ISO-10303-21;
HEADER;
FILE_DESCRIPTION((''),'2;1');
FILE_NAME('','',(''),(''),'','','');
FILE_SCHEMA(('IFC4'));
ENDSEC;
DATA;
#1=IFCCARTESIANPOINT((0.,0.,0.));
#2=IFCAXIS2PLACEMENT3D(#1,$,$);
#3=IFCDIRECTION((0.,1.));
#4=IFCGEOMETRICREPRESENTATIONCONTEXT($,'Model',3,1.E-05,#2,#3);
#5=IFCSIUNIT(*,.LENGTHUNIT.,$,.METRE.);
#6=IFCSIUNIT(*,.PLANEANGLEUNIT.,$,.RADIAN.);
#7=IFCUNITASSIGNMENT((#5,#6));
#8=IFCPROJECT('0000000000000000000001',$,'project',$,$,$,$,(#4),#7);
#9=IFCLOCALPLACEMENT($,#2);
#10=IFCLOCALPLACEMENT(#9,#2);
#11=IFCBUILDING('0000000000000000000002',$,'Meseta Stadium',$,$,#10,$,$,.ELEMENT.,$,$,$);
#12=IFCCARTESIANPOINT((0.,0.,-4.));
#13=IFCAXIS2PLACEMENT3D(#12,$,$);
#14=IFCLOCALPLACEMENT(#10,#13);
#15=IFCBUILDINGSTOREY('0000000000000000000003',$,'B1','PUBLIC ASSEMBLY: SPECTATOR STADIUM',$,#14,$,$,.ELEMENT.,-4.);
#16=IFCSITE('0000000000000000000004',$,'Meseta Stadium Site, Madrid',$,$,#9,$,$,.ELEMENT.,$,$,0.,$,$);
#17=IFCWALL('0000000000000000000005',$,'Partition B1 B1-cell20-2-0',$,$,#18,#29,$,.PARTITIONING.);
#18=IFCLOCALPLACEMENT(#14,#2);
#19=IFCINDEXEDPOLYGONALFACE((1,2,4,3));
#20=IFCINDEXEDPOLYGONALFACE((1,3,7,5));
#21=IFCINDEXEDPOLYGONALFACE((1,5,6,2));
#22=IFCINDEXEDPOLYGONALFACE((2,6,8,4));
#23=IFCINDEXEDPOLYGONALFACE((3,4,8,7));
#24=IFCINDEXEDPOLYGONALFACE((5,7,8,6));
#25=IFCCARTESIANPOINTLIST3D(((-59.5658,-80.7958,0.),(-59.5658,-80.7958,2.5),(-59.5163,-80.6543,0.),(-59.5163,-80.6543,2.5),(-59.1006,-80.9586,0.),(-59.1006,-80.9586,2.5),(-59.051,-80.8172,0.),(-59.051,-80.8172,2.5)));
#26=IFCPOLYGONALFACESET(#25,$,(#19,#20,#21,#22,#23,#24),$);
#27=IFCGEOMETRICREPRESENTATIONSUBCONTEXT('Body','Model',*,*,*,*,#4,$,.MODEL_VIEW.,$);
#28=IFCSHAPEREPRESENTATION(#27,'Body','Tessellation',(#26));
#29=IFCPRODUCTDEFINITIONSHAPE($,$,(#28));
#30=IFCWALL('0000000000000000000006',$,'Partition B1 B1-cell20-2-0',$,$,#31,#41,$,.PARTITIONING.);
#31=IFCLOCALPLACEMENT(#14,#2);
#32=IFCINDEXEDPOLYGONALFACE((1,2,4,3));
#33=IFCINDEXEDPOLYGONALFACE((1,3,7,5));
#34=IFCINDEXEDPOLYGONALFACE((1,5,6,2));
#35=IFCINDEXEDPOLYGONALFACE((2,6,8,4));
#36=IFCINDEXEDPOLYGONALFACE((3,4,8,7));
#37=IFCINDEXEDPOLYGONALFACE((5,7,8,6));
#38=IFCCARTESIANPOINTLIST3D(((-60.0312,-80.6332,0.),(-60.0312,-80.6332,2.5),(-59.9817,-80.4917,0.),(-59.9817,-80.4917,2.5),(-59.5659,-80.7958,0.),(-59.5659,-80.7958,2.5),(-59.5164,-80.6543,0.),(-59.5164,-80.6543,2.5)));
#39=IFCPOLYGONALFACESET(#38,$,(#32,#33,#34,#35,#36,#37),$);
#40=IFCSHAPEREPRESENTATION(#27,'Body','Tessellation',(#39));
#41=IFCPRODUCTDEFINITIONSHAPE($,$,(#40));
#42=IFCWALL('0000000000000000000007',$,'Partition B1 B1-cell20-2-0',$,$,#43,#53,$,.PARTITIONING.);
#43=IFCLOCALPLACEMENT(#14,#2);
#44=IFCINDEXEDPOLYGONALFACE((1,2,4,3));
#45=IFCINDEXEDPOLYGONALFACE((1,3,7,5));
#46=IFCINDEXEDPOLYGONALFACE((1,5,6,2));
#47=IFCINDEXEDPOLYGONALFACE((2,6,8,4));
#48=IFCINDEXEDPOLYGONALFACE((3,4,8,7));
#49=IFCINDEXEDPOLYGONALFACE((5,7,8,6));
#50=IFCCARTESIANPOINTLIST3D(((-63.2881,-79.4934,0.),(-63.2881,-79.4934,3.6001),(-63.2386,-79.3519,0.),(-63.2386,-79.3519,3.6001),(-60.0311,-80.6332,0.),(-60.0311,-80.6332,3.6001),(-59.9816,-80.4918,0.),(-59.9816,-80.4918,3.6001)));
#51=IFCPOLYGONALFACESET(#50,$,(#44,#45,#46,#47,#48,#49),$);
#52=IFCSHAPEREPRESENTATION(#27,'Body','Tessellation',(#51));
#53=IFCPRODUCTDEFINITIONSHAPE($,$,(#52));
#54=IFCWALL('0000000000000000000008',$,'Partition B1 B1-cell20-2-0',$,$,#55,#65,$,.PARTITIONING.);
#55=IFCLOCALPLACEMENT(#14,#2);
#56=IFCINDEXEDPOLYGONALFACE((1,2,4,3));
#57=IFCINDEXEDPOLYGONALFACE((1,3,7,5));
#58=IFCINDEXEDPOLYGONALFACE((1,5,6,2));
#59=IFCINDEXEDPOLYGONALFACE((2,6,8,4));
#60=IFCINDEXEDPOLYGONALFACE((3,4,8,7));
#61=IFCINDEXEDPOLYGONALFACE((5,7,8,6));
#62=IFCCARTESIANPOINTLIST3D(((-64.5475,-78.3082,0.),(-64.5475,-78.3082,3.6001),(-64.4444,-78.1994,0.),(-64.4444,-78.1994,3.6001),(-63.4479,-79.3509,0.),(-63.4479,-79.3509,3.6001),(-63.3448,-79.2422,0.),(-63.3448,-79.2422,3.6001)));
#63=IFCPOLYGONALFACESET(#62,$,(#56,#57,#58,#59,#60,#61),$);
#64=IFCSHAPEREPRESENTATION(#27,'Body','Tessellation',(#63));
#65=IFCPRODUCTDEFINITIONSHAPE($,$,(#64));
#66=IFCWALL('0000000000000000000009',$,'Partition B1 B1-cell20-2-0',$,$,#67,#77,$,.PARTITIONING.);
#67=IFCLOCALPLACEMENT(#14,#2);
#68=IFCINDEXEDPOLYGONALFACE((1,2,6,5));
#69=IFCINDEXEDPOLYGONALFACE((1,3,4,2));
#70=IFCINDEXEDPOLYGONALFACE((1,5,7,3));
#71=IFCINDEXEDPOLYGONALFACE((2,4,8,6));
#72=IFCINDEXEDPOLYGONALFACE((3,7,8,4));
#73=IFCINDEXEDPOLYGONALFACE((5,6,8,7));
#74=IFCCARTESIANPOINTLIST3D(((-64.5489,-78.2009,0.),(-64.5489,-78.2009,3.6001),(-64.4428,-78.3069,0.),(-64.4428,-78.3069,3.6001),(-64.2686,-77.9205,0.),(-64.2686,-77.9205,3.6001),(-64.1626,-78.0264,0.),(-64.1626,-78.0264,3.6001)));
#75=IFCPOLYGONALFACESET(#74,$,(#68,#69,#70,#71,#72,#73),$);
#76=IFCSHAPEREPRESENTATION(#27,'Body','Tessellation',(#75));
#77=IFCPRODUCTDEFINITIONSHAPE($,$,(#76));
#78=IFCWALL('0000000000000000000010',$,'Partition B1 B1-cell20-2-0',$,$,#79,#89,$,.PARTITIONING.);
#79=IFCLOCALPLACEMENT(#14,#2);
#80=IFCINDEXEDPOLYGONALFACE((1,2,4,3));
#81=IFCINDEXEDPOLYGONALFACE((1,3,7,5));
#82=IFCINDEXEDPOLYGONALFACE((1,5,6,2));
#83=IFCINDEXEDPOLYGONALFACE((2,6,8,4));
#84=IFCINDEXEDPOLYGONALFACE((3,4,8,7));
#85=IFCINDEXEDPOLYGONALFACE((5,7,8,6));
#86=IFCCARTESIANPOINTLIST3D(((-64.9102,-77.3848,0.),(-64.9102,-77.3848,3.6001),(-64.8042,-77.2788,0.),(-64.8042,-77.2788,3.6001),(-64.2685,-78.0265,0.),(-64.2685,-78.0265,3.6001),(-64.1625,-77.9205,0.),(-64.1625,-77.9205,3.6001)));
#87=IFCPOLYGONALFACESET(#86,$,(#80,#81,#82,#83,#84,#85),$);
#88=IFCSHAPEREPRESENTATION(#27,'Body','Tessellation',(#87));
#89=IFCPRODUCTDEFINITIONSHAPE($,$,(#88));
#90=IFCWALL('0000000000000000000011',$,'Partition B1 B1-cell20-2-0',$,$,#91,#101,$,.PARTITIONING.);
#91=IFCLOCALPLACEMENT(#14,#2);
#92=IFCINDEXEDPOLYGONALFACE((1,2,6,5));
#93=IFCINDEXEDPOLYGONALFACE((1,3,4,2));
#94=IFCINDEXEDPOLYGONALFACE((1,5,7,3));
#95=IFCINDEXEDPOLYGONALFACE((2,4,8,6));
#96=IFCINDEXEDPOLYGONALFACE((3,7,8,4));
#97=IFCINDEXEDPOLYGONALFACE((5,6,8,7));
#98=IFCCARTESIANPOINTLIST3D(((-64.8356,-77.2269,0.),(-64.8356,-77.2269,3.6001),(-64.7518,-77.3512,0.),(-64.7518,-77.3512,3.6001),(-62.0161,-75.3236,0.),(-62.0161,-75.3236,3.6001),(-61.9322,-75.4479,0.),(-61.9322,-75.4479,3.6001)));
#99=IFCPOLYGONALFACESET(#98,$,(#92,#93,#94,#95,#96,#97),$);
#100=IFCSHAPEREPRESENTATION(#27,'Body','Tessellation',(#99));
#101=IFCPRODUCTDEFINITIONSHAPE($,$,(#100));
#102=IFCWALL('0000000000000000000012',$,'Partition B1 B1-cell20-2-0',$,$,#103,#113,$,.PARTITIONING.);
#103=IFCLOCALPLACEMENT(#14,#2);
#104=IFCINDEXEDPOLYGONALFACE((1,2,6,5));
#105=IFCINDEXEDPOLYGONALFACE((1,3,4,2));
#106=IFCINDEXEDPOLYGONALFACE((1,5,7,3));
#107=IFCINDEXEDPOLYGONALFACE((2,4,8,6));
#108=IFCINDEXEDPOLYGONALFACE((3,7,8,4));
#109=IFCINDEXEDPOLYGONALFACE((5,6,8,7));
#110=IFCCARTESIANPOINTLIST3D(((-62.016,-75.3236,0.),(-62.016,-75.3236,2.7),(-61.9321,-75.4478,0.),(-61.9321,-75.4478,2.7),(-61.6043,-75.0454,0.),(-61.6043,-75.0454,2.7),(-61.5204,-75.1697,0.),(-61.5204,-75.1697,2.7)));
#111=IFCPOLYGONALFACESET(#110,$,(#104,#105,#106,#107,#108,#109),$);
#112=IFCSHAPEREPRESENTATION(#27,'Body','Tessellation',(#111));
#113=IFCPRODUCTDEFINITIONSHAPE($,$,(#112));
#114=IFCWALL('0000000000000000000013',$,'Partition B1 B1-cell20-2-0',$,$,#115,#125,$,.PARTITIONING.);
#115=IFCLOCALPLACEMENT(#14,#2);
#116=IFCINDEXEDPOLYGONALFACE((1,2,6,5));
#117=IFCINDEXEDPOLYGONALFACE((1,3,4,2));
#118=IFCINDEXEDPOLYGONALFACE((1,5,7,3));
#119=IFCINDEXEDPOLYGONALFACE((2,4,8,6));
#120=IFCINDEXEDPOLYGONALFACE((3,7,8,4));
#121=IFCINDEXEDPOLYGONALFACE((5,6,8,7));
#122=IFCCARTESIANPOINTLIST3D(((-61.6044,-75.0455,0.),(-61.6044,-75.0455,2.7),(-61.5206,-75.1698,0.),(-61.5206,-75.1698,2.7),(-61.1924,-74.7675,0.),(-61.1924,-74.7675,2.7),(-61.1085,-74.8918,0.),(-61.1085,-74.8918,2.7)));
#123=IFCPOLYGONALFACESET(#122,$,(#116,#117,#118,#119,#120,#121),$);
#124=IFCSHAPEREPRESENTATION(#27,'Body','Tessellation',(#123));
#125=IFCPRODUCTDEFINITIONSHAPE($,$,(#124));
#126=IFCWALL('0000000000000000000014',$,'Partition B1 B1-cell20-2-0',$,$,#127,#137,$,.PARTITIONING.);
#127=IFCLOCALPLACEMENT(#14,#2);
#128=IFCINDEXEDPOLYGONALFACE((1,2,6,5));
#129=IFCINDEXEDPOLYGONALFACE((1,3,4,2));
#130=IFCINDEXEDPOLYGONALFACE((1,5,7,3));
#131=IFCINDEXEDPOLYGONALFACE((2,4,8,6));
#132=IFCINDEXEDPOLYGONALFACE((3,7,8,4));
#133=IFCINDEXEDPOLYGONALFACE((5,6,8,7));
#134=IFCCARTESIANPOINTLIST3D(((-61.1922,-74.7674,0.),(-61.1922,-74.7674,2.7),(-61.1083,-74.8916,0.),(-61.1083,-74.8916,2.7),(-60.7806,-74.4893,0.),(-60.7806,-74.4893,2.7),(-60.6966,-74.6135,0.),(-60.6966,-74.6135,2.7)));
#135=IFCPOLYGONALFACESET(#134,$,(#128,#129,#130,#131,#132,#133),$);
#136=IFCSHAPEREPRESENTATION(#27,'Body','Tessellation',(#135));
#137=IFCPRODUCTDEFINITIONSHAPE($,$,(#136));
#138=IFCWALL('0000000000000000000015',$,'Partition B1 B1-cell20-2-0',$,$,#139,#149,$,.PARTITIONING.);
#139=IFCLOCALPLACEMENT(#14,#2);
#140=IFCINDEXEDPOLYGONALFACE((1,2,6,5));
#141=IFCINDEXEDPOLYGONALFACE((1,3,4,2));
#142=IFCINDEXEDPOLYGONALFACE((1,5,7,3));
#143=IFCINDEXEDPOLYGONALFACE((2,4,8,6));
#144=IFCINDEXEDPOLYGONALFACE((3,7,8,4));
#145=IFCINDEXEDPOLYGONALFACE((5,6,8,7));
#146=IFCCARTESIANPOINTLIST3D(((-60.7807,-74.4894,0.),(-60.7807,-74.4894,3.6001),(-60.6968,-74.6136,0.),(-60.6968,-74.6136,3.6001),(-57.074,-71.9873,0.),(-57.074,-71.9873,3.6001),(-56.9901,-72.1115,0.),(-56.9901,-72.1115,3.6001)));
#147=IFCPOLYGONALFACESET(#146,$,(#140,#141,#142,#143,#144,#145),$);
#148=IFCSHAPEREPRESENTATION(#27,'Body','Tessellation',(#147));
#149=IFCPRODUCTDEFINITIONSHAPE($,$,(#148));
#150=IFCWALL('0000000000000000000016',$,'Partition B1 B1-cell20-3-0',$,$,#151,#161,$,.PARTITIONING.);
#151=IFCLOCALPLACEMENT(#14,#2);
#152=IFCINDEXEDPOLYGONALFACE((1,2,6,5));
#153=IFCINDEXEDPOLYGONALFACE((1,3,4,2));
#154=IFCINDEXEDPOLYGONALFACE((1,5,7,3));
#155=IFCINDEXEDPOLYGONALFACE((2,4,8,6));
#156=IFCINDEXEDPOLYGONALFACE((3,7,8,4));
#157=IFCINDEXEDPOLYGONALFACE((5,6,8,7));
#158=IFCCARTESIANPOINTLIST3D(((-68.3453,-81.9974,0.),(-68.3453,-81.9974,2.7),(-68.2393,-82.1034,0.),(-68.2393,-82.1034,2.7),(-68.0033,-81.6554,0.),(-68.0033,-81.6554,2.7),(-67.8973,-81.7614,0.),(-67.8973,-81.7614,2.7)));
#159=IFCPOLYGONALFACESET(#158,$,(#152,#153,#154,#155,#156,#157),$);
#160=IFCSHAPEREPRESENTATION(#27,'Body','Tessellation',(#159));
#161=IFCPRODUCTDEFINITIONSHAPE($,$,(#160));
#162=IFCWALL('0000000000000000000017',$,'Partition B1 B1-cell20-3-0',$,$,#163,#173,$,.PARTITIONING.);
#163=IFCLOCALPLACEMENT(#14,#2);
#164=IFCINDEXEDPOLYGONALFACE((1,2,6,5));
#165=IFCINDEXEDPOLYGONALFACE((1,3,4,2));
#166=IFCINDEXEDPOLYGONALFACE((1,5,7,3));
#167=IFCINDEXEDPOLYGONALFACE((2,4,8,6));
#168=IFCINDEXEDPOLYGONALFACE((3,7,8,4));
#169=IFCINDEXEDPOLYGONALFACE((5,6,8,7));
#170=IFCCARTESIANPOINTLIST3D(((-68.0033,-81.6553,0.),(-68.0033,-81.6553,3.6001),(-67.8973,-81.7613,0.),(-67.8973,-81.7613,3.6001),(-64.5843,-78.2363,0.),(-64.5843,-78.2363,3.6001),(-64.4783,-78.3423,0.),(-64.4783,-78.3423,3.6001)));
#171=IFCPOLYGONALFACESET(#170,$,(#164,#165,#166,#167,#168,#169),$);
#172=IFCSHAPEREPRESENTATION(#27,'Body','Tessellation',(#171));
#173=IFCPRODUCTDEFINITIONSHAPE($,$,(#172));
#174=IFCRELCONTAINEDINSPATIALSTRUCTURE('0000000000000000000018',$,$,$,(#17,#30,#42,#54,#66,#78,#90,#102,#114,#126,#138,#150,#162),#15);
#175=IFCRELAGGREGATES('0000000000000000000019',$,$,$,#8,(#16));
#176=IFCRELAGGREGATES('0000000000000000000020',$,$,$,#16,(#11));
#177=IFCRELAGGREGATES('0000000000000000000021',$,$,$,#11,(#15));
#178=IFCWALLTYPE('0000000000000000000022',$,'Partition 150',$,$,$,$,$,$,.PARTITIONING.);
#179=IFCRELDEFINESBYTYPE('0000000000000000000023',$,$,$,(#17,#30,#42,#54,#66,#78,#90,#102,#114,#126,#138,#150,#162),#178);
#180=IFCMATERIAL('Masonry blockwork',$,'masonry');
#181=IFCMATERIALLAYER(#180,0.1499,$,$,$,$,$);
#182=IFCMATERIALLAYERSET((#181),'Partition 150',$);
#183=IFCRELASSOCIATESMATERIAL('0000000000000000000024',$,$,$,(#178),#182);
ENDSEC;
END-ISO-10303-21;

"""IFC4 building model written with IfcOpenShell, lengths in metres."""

from ifc_helpers import new_model, si_unit, direction, frame, frame_2d, origin, place, context, subcontext, project, spatial, rectangle, extrude, material, layer, layer_set, type_object, element, save


model = new_model("IFC4")

# Units and contexts
model_context = context("Model", 3, precision=1e-05, world=origin(), true_north=direction((0.0, 1.0)))
body_context = subcontext(model_context, "Body", "Model", "MODEL_VIEW")
ifc_project = project(units=[si_unit("LENGTHUNIT", "METRE"), si_unit("PLANEANGLEUNIT", "RADIAN")], contexts=[model_context])

# Site, building, storey
site_placement = place(None, origin())
site = spatial("IfcSite", under=ifc_project, at=site_placement, Name="Meseta Stadium Site, Madrid", CompositionType="ELEMENT", RefElevation=0.0)
building_placement = place(site_placement, origin())
building = spatial("IfcBuilding", under=site, at=building_placement, Name="Meseta Stadium", CompositionType="ELEMENT")
storey_placement = place(building_placement, frame((0.0, 0.0, -4.0)))
storey = spatial("IfcBuildingStorey", under=building, at=storey_placement, Name="B1", Description="PUBLIC ASSEMBLY: SPECTATOR STADIUM", CompositionType="ELEMENT", Elevation=-4.0)

# Walls
ifc_material_1 = material(Name="Masonry blockwork", Category="masonry")
ifc_layer = layer(ifc_material_1, 0.1499)
ifc_layer_set = layer_set([ifc_layer], Name="Partition 150")
wall_type = type_object("IfcWallType", Name="Partition 150", PredefinedType="PARTITIONING", material=ifc_layer_set)
for number, where, z_axis, x_axis, name in (
    (1, (-59.0757, -80.8879, 0.0), (0.0, 0.0, 1.0), (-0.943874, 0.330306, 0.0), "Partition B1 B1-cell20-2-0"),
    (2, (-59.541, -80.7251, 0.0), (0.0, 0.0, 1.0), (-0.944028, 0.329865, 0.0), "Partition B1 B1-cell20-2-0"),
):
    element("IfcWall", number, at=place(storey_placement, frame(where, z_axis=z_axis, x_axis=x_axis)), inside=storey, type_object=wall_type, Name=name, PredefinedType="PARTITIONING", context=body_context, shape_type="SweptSolid", body=[
        extrude(rectangle(XDim=0.4929, YDim=0.1499, at=frame_2d((0.2466, 0.0))), origin(), (0.0, 0.0, 1.0), 2.5),
    ])
wall_1_placement = place(storey_placement, frame((-60.0063, -80.5625, 0.0), z_axis=(0.0, 0.0, 1.0), x_axis=(-0.943866, 0.330328, 0.0)))
element("IfcWall", 3, at=wall_1_placement, inside=storey, type_object=wall_type, Name="Partition B1 B1-cell20-2-0", PredefinedType="PARTITIONING", context=body_context, shape_type="SweptSolid", body=[
    extrude(rectangle(XDim=3.4507, YDim=0.1499, at=frame_2d((1.7253, 0.0))), origin(), (0.0, 0.0, 1.0), 3.6001),
])
wall_2_placement = place(storey_placement, frame((-63.3962, -79.2966, 0.0), z_axis=(0.0, 0.0, 1.0), x_axis=(-0.725627, 0.688089, 0.0)))
element("IfcWall", 4, at=wall_2_placement, inside=storey, type_object=wall_type, Name="Partition B1 B1-cell20-2-0", PredefinedType="PARTITIONING", context=body_context, shape_type="SweptSolid", body=[
    extrude(rectangle(XDim=1.5154, YDim=0.1499, at=frame_2d((0.7578, 0.0))), origin(), (0.0, 0.0, 1.0), 3.6001),
])
wall_3_placement = place(storey_placement, frame((-64.4958, -78.2539, 0.0), z_axis=(0.0, 0.0, 1.0), x_axis=(0.706799, 0.707415, 0.0)))
element("IfcWall", 5, at=wall_3_placement, inside=storey, type_object=wall_type, Name="Partition B1 B1-cell20-2-0", PredefinedType="PARTITIONING", context=body_context, shape_type="SweptSolid", body=[
    extrude(rectangle(XDim=0.3965, YDim=0.1499, at=frame_2d((0.1982, 0.0))), origin(), (0.0, 0.0, 1.0), 3.6001),
])
wall_4_placement = place(storey_placement, frame((-64.2156, -77.9734, 0.0), z_axis=(0.0, 0.0, 1.0), x_axis=(-0.707107, 0.707107, 0.0)))
element("IfcWall", 6, at=wall_4_placement, inside=storey, type_object=wall_type, Name="Partition B1 B1-cell20-2-0", PredefinedType="PARTITIONING", context=body_context, shape_type="SweptSolid", body=[
    extrude(rectangle(XDim=0.9075, YDim=0.1499, at=frame_2d((0.4536, 0.0))), origin(), (0.0, 0.0, 1.0), 3.6001),
])
wall_5_placement = place(storey_placement, frame((-64.7937, -77.2891, 0.0), z_axis=(0.0, 0.0, 1.0), x_axis=(0.828835, 0.559494, 0.0)))
element("IfcWall", 7, at=wall_5_placement, inside=storey, type_object=wall_type, Name="Partition B1 B1-cell20-2-0", PredefinedType="PARTITIONING", context=body_context, shape_type="SweptSolid", body=[
    extrude(rectangle(XDim=3.4019, YDim=0.1499, at=frame_2d((1.7009, 0.0))), origin(), (0.0, 0.0, 1.0), 3.6001),
])
wall_6_placement = place(storey_placement, frame((-61.9741, -75.3857, 0.0), z_axis=(0.0, 0.0, 1.0), x_axis=(0.828632, 0.559794, 0.0)))
element("IfcWall", 8, at=wall_6_placement, inside=storey, type_object=wall_type, Name="Partition B1 B1-cell20-2-0", PredefinedType="PARTITIONING", context=body_context, shape_type="SweptSolid", body=[
    extrude(rectangle(XDim=0.4968, YDim=0.1499, at=frame_2d((0.2485, 0.0))), origin(), (0.0, 0.0, 1.0), 2.7),
])
wall_7_placement = place(storey_placement, frame((-61.5625, -75.1077, 0.0), z_axis=(0.0, 0.0, 1.0), x_axis=(0.82894, 0.559338, 0.0)))
element("IfcWall", 9, at=wall_7_placement, inside=storey, type_object=wall_type, Name="Partition B1 B1-cell20-2-0", PredefinedType="PARTITIONING", context=body_context, shape_type="SweptSolid", body=[
    extrude(rectangle(XDim=0.4971, YDim=0.1499, at=frame_2d((0.2485, 0.0))), origin(), (0.0, 0.0, 1.0), 2.7),
])
wall_8_placement = place(storey_placement, frame((-61.1504, -74.8296, 0.0), z_axis=(0.0, 0.0, 1.0), x_axis=(0.828632, 0.559794, 0.0)))
element("IfcWall", 10, at=wall_8_placement, inside=storey, type_object=wall_type, Name="Partition B1 B1-cell20-2-0", PredefinedType="PARTITIONING", context=body_context, shape_type="SweptSolid", body=[
    extrude(rectangle(XDim=0.4968, YDim=0.1499, at=frame_2d((0.2485, 0.0))), origin(), (0.0, 0.0, 1.0), 2.7),
])
wall_9_placement = place(storey_placement, frame((-60.7388, -74.5515, 0.0), z_axis=(0.0, 0.0, 1.0), x_axis=(0.828837, 0.559491, 0.0)))
element("IfcWall", 11, at=wall_9_placement, inside=storey, type_object=wall_type, Name="Partition B1 B1-cell20-2-0", PredefinedType="PARTITIONING", context=body_context, shape_type="SweptSolid", body=[
    extrude(rectangle(XDim=4.4722, YDim=0.1499, at=frame_2d((2.2361, 0.0))), origin(), (0.0, 0.0, 1.0), 3.6001),
])
wall_10_placement = place(storey_placement, frame((-68.2922, -82.0503, 0.0), z_axis=(0.0, 0.0, 1.0), x_axis=(0.707107, 0.707107, 0.0)))
element("IfcWall", 12, at=wall_10_placement, inside=storey, type_object=wall_type, Name="Partition B1 B1-cell20-3-0", PredefinedType="PARTITIONING", context=body_context, shape_type="SweptSolid", body=[
    extrude(rectangle(XDim=0.4836, YDim=0.1499, at=frame_2d((0.2417, 0.0))), origin(), (0.0, 0.0, 1.0), 2.7),
])
wall_11_placement = place(storey_placement, frame((-67.9502, -81.7083, 0.0), z_axis=(0.0, 0.0, 1.0), x_axis=(0.707107, 0.707107, 0.0)))
element("IfcWall", 13, at=wall_11_placement, inside=storey, type_object=wall_type, Name="Partition B1 B1-cell20-3-0", PredefinedType="PARTITIONING", context=body_context, shape_type="SweptSolid", body=[
    extrude(rectangle(XDim=4.8352, YDim=0.1499, at=frame_2d((2.4175, 0.0))), origin(), (0.0, 0.0, 1.0), 3.6001),
])

save(model, "model.ifc")
